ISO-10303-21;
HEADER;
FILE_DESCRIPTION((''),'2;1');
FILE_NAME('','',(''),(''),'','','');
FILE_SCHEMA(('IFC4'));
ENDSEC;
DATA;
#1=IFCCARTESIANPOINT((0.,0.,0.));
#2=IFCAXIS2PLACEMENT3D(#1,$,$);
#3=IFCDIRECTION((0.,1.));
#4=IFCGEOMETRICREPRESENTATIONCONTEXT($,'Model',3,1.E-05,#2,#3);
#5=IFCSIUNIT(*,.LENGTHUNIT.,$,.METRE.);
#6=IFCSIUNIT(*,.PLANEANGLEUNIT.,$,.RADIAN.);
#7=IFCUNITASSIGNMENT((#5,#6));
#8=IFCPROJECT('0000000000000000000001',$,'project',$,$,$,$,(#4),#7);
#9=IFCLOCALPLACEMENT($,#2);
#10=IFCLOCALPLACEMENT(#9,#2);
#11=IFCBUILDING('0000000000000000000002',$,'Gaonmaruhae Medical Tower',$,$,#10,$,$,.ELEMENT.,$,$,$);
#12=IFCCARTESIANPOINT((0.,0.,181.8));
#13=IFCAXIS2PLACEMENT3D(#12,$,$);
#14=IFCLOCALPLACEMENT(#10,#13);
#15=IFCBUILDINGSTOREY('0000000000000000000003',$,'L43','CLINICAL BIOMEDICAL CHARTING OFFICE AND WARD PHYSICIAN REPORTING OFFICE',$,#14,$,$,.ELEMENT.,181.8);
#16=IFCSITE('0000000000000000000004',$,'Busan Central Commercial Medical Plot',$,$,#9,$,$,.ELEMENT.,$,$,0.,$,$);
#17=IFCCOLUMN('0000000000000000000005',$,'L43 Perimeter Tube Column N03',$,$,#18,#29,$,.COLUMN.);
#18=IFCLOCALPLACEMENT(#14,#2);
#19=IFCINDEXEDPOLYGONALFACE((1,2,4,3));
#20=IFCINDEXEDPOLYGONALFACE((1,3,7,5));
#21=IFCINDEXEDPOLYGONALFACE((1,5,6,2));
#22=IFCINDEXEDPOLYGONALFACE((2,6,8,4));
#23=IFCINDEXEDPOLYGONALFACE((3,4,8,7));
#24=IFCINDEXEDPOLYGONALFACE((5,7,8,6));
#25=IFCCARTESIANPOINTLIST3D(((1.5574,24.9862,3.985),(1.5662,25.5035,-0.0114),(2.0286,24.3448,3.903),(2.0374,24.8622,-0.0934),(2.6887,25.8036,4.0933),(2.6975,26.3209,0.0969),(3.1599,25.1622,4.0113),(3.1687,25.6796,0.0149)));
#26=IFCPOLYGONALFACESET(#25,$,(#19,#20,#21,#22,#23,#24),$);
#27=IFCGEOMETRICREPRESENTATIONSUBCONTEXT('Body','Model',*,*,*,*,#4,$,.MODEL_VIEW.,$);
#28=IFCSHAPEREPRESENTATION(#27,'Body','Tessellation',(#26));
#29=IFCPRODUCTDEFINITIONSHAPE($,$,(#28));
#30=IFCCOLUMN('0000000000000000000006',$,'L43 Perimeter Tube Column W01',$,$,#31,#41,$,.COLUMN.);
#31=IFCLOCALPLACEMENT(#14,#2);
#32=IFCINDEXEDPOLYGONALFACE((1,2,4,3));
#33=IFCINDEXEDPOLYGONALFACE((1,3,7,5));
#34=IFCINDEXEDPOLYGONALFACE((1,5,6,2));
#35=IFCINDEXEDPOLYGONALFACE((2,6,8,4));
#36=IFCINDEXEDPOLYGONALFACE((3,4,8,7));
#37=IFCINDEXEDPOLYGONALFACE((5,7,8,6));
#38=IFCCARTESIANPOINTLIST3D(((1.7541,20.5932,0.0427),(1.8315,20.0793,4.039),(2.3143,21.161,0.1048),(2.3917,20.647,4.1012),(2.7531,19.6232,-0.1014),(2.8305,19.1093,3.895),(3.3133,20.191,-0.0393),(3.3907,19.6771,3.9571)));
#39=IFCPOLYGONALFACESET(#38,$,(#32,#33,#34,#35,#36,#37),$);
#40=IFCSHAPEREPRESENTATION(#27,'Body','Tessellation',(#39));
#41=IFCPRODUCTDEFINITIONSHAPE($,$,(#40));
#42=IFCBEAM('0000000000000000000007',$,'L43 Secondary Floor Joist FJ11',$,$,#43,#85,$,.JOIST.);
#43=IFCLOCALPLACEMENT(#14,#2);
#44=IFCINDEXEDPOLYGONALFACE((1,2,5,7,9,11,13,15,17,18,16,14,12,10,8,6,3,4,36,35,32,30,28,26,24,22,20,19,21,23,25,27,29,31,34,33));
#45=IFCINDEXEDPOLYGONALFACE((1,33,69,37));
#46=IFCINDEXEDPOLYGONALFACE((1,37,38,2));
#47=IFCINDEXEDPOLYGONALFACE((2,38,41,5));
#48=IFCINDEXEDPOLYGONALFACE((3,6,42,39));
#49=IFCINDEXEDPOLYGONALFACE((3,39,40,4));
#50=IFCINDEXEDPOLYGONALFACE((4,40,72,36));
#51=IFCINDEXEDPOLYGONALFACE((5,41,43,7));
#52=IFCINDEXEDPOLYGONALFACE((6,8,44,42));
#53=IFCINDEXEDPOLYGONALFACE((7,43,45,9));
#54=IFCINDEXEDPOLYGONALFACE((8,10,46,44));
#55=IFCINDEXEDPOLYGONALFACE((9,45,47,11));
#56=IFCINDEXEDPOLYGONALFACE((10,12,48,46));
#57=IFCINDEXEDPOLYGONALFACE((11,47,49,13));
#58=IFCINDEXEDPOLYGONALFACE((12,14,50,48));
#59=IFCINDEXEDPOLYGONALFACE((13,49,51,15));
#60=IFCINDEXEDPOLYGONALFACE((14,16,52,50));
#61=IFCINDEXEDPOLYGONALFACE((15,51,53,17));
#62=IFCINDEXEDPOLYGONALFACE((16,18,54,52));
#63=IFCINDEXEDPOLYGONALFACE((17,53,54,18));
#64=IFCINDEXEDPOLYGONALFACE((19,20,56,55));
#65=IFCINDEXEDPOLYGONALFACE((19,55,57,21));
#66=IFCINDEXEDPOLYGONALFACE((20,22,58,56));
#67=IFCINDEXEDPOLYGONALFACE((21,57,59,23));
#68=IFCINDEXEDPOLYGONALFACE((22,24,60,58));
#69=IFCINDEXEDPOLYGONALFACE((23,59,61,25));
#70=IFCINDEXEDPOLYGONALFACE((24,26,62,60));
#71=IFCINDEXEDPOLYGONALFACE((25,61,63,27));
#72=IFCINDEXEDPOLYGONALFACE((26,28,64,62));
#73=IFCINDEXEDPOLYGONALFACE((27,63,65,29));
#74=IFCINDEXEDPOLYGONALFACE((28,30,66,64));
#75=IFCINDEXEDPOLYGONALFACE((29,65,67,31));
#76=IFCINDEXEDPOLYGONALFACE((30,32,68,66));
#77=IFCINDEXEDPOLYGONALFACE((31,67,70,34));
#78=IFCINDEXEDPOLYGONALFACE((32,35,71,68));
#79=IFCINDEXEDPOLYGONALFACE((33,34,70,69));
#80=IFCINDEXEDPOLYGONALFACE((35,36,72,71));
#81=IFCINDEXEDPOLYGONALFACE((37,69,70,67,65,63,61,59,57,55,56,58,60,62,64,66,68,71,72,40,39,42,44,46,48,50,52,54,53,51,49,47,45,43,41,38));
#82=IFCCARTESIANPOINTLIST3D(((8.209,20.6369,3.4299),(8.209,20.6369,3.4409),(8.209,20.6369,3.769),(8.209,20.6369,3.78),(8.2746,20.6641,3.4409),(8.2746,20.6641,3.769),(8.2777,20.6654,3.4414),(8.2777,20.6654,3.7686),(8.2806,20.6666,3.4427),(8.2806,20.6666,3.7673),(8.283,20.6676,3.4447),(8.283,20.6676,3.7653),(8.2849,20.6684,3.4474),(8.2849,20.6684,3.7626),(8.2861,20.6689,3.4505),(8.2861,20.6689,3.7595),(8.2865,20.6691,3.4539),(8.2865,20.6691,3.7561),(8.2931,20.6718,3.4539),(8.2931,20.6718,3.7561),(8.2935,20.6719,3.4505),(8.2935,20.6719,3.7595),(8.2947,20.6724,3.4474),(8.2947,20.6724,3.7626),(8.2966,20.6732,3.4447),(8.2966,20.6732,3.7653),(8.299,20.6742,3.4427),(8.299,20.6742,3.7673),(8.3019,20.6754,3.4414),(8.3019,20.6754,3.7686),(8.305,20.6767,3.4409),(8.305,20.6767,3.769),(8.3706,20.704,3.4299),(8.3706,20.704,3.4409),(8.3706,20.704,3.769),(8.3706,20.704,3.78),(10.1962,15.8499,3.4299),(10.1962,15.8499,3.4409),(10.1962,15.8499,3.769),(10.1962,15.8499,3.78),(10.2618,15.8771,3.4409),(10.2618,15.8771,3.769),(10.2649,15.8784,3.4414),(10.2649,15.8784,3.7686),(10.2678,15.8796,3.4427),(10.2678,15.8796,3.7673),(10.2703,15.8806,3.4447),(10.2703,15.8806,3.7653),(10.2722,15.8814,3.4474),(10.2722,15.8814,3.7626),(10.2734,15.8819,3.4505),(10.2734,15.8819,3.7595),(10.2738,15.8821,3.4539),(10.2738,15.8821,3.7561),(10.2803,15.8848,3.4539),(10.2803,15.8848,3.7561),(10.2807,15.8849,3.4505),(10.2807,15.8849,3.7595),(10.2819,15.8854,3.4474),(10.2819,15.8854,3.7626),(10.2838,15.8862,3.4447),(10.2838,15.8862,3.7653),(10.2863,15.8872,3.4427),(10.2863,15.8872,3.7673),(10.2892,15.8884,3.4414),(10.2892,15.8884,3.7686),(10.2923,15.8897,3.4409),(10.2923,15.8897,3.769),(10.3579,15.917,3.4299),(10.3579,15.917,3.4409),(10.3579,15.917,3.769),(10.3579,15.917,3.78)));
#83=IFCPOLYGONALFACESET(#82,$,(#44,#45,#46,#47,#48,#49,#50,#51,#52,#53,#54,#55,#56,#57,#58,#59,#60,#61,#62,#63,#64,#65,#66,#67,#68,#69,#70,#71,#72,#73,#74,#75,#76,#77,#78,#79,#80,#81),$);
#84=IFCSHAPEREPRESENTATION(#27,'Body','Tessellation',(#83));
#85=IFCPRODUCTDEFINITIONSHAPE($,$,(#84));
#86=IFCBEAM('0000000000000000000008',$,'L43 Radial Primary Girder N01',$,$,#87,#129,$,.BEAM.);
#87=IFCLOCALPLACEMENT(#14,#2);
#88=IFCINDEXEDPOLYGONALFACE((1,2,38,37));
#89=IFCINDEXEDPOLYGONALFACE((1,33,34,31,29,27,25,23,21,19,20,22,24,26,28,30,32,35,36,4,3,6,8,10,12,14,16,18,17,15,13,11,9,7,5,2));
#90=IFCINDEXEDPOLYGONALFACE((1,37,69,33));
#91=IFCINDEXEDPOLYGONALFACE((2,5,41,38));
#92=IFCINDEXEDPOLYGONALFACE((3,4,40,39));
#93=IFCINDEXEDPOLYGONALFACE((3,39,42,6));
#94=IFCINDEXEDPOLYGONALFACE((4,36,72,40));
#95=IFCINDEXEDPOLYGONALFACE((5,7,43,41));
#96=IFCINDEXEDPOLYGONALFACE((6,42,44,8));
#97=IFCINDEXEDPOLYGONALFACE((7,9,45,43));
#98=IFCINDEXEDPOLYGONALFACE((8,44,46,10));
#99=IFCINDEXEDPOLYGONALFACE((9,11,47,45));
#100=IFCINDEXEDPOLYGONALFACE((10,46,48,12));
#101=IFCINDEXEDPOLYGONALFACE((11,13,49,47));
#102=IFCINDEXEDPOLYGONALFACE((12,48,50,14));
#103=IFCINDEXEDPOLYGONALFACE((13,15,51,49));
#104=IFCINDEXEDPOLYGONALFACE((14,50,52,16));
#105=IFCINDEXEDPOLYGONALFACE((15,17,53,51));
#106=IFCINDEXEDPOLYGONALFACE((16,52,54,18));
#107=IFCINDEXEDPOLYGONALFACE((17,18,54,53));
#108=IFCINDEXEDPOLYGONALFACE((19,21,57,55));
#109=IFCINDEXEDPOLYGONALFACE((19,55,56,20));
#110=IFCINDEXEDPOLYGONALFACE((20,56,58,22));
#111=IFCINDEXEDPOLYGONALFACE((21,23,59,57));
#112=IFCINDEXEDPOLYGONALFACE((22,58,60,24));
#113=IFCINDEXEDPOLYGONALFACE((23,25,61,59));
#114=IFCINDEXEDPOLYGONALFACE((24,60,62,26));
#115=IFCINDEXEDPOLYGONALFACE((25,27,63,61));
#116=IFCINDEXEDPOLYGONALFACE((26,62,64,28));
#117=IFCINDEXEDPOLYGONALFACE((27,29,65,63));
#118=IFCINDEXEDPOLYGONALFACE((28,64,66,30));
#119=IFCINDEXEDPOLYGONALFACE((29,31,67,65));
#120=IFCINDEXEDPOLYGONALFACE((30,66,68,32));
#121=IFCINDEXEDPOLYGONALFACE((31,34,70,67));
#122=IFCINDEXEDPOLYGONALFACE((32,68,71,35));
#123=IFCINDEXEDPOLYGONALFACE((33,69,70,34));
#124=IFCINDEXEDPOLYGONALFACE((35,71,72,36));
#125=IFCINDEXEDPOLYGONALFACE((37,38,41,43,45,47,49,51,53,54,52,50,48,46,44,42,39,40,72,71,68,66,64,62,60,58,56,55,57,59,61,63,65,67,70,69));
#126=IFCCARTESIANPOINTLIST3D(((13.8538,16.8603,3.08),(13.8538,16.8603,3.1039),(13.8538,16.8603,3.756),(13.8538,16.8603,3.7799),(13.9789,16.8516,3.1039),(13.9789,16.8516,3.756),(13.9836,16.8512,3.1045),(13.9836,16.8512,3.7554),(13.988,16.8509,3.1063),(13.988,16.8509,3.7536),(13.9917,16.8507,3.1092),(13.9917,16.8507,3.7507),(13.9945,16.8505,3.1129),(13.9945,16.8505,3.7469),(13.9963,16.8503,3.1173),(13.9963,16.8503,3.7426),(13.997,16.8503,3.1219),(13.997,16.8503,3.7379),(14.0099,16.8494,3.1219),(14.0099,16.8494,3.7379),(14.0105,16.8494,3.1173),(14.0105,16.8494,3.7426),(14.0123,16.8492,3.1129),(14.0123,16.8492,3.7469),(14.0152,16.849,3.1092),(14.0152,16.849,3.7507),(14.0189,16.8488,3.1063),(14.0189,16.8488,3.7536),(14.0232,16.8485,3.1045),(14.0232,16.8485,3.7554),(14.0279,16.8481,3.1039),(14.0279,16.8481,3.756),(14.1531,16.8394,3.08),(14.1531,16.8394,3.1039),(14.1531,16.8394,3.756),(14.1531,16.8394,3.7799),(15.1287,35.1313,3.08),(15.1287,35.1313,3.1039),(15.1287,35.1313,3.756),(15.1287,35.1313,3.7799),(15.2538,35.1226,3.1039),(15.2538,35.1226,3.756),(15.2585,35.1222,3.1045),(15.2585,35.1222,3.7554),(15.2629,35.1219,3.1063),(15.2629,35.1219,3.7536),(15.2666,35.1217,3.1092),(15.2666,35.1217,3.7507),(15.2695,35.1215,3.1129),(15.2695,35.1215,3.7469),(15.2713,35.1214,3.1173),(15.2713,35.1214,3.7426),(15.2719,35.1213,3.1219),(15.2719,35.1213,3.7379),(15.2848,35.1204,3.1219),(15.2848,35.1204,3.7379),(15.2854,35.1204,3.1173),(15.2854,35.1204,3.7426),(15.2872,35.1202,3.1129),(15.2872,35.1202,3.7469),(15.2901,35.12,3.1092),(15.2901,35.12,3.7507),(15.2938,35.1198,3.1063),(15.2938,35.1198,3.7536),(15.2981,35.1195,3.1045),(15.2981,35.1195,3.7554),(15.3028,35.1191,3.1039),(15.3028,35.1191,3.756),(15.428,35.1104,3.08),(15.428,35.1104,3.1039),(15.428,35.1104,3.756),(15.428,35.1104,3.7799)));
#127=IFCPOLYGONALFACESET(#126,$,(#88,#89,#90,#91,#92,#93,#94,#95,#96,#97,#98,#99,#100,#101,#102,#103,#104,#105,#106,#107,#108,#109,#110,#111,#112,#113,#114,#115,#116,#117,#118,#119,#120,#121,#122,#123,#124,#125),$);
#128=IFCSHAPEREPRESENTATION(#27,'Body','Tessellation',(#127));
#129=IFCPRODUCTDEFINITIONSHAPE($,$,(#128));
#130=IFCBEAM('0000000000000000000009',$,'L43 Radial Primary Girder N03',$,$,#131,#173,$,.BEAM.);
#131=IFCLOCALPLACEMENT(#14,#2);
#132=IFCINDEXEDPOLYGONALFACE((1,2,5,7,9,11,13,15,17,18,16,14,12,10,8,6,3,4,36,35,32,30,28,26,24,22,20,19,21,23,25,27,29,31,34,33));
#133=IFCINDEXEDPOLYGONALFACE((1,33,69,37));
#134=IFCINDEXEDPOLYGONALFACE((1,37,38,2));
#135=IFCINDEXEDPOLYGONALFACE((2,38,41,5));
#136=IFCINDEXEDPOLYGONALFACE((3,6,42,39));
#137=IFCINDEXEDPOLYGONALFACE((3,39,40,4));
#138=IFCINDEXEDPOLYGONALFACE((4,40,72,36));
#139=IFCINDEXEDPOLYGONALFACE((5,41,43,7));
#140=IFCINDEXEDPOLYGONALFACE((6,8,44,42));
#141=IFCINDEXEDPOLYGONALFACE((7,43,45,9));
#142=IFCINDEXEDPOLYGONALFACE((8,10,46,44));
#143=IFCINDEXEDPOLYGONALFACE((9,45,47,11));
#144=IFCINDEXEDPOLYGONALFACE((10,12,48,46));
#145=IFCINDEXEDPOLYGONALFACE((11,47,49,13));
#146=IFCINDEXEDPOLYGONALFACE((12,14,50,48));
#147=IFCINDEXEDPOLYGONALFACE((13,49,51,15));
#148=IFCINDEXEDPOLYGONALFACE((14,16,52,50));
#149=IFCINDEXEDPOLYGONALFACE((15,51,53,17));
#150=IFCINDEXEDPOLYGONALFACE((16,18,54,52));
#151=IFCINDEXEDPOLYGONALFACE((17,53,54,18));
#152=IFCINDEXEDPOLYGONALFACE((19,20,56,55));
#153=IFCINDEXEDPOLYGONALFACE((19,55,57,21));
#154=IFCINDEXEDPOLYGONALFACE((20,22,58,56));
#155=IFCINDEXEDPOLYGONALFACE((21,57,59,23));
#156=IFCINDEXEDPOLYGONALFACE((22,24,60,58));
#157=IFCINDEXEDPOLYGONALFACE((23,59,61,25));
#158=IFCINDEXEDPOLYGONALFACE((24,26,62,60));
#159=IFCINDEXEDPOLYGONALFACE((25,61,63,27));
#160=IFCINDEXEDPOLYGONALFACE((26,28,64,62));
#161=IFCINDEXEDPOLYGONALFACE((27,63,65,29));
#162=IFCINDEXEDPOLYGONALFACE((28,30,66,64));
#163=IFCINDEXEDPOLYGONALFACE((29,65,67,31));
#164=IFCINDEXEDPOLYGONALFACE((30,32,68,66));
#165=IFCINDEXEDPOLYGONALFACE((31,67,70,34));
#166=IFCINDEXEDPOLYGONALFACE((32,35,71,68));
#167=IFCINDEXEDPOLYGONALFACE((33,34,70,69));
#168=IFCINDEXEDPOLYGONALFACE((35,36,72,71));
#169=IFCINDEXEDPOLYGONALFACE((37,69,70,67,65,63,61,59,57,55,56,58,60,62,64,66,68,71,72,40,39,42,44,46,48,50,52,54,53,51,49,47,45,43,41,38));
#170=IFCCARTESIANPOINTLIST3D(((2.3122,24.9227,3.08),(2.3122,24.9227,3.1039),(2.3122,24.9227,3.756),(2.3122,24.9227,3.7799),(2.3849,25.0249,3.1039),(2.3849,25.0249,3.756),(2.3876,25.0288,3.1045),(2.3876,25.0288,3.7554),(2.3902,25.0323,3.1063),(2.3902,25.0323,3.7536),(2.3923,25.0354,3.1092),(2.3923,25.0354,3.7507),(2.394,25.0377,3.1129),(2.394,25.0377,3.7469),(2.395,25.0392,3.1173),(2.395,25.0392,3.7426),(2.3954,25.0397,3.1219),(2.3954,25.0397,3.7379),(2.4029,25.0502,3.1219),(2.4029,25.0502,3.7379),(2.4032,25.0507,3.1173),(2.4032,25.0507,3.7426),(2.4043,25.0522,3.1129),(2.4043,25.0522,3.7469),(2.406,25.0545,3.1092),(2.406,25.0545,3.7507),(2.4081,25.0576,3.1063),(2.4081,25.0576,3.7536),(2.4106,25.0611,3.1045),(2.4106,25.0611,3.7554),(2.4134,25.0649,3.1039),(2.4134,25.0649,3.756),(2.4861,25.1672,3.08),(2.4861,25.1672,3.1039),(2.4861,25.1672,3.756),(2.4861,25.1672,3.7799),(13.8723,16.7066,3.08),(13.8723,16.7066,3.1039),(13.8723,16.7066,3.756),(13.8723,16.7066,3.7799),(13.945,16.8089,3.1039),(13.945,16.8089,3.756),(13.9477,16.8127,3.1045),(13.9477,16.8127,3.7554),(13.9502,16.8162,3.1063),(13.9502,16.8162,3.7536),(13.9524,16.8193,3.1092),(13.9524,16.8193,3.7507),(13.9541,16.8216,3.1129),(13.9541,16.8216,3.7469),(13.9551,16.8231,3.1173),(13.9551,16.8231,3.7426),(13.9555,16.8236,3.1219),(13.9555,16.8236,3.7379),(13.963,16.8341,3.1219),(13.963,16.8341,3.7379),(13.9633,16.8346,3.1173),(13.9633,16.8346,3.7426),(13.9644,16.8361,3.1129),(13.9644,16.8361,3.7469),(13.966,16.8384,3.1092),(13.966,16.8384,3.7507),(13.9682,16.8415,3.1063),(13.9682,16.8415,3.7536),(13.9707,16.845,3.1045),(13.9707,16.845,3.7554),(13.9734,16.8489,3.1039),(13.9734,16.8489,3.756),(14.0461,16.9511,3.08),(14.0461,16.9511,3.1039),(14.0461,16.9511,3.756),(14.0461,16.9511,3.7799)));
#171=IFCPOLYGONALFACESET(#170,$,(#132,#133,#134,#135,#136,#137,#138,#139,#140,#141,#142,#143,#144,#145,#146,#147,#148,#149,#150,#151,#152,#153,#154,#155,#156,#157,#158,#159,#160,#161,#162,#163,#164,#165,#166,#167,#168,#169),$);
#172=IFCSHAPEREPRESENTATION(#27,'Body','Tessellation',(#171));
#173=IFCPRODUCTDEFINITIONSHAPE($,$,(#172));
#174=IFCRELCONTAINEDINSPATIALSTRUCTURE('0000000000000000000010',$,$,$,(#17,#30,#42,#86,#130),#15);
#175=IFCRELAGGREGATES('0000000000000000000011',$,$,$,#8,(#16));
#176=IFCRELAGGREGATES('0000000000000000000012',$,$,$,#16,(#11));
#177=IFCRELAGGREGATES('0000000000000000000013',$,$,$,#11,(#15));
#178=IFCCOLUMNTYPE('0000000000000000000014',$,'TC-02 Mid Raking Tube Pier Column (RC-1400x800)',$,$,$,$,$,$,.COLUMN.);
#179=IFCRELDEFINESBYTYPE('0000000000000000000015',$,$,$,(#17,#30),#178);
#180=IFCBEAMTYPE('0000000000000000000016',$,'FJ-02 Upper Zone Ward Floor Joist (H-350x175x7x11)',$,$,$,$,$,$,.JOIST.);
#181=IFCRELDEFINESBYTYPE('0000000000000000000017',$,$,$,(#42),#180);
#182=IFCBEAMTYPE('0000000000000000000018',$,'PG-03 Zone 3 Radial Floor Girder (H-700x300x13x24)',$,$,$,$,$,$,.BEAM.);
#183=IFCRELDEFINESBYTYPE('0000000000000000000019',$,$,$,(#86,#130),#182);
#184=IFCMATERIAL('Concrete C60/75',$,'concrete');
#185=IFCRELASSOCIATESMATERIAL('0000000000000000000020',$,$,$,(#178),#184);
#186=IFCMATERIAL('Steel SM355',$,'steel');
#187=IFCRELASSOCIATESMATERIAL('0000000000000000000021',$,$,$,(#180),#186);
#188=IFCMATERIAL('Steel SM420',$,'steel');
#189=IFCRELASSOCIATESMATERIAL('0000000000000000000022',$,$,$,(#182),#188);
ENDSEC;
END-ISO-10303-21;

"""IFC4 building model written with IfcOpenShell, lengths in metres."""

from ifc_helpers import new_model, si_unit, direction, frame, origin, origin_2d, place, context, subcontext, project, spatial, rectangle, i_section, extrude, material, material_profile, profile_set, type_object, element, save


model = new_model("IFC4")

# Units and contexts
model_context = context("Model", 3, precision=1e-05, world=origin(), true_north=direction((0.0, 1.0)))
body_context = subcontext(model_context, "Body", "Model", "MODEL_VIEW")
ifc_project = project(units=[si_unit("LENGTHUNIT", "METRE"), si_unit("PLANEANGLEUNIT", "RADIAN")], contexts=[model_context])

# Site, building, storey
site_placement = place(None, origin())
site = spatial("IfcSite", under=ifc_project, at=site_placement, Name="Busan Central Commercial Medical Plot", CompositionType="ELEMENT", RefElevation=0.0)
building_placement = place(site_placement, origin())
building = spatial("IfcBuilding", under=site, at=building_placement, Name="Gaonmaruhae Medical Tower", CompositionType="ELEMENT")
storey_placement = place(building_placement, frame((0.0, 0.0, 181.8)))
storey = spatial("IfcBuildingStorey", under=building, at=storey_placement, Name="L43", Description="CLINICAL BIOMEDICAL CHARTING OFFICE AND WARD PHYSICIAN REPORTING OFFICE", CompositionType="ELEMENT", Elevation=181.8)

# Columns
ifc_material_1 = material(Name="Concrete C60/75", Category="concrete")
ifc_material_profile_1 = material_profile(ifc_material_1, rectangle(XDim=1.3999, YDim=0.8, at=origin_2d()), Name="RC-1400x800")
ifc_profile_set_1 = profile_set([ifc_material_profile_1], Name="Concrete C60/75")
column_type = type_object("IfcColumnType", Name="TC-02 Mid Raking Tube Pier Column (RC-1400x800)", PredefinedType="COLUMN", material=ifc_profile_set_1)
column_1_placement = place(storey_placement, frame((2.3674, 25.5916, 0.0017), z_axis=(-0.002181, -0.12838, 0.991723), x_axis=(0.808145, 0.583881, 0.077362)))
element("IfcColumn", 1, at=column_1_placement, inside=storey, type_object=column_type, Name="L43 Perimeter Tube Column N03", PredefinedType="COLUMN", context=body_context, shape_type="SweptSolid", body=[
    extrude(rectangle(XDim=1.3999, YDim=0.8, at=origin_2d()), origin(), (0.0, 0.0, 1.0), 4.0298),
])
column_2_placement = place(storey_placement, frame((2.5337, 20.3921, 0.0017), z_axis=(0.019204, -0.127523, 0.99165), x_axis=(-0.713652, 0.692898, 0.102925)))
element("IfcColumn", 2, at=column_2_placement, inside=storey, type_object=column_type, Name="L43 Perimeter Tube Column W01", PredefinedType="COLUMN", context=body_context, shape_type="SweptSolid", body=[
    extrude(rectangle(XDim=1.3999, YDim=0.8, at=origin_2d()), origin(), (0.0, 0.0, 1.0), 4.03),
])

# Beams
ifc_material_2 = material(Name="Steel SM355", Category="steel")
ifc_material_profile_2 = material_profile(ifc_material_2, i_section(OverallWidth=0.175, OverallDepth=0.3501, WebThickness=0.0071, FlangeThickness=0.011, FilletRadius=0.0129, at=origin_2d()), Name="H-350x175x7x11")
ifc_profile_set_2 = profile_set([ifc_material_profile_2], Name="Steel SM355")
beam_type_1 = type_object("IfcBeamType", Name="FJ-02 Upper Zone Ward Floor Joist (H-350x175x7x11)", PredefinedType="JOIST", material=ifc_profile_set_2)
beam_1_placement = place(storey_placement, frame((8.2898, 20.6704, 3.605), z_axis=(0.383411, -0.923578, 0.0), x_axis=(0.923578, 0.383411, 0.0)))
element("IfcBeam", 3, at=beam_1_placement, inside=storey, type_object=beam_type_1, Name="L43 Secondary Floor Joist FJ11", PredefinedType="JOIST", context=body_context, shape_type="SweptSolid", body=[
    extrude(i_section(OverallWidth=0.175, OverallDepth=0.3501, WebThickness=0.0071, FlangeThickness=0.011, FilletRadius=0.0129, at=origin_2d()), origin(), (0.0, 0.0, 1.0), 5.1831),
])
ifc_material_3 = material(Name="Steel SM420", Category="steel")
ifc_material_profile_3 = material_profile(ifc_material_3, i_section(OverallWidth=0.3, OverallDepth=0.7, WebThickness=0.0129, FlangeThickness=0.0239, FilletRadius=0.0181, at=origin_2d()), Name="H-700x300x13x24")
ifc_profile_set_3 = profile_set([ifc_material_profile_3], Name="Steel SM420")
beam_type_2 = type_object("IfcBeamType", Name="PG-03 Zone 3 Radial Floor Girder (H-700x300x13x24)", PredefinedType="BEAM", material=ifc_profile_set_3)
beam_2_placement = place(storey_placement, frame((14.0034, 16.8499, 3.4299), z_axis=(0.069608, 0.997574, 0.0), x_axis=(-0.997574, 0.069608, 0.0)))
element("IfcBeam", 4, at=beam_2_placement, inside=storey, type_object=beam_type_2, Name="L43 Radial Primary Girder N01", PredefinedType="BEAM", context=body_context, shape_type="SweptSolid", body=[
    extrude(i_section(OverallWidth=0.3, OverallDepth=0.7, WebThickness=0.0129, FlangeThickness=0.0239, FilletRadius=0.0181, at=origin_2d()), origin(), (0.0, 0.0, 1.0), 18.3154),
])
beam_3_placement = place(storey_placement, frame((13.9592, 16.8289, 3.4299), z_axis=(-0.815103, 0.579317, 0.0), x_axis=(-0.579317, -0.815103, 0.0)))
element("IfcBeam", 5, at=beam_3_placement, inside=storey, type_object=beam_type_2, Name="L43 Radial Primary Girder N03", PredefinedType="BEAM", context=body_context, shape_type="SweptSolid", body=[
    extrude(i_section(OverallWidth=0.3, OverallDepth=0.7, WebThickness=0.0129, FlangeThickness=0.0239, FilletRadius=0.0181, at=origin_2d()), origin(), (0.0, 0.0, 1.0), 14.1824),
])

save(model, "model.ifc")
